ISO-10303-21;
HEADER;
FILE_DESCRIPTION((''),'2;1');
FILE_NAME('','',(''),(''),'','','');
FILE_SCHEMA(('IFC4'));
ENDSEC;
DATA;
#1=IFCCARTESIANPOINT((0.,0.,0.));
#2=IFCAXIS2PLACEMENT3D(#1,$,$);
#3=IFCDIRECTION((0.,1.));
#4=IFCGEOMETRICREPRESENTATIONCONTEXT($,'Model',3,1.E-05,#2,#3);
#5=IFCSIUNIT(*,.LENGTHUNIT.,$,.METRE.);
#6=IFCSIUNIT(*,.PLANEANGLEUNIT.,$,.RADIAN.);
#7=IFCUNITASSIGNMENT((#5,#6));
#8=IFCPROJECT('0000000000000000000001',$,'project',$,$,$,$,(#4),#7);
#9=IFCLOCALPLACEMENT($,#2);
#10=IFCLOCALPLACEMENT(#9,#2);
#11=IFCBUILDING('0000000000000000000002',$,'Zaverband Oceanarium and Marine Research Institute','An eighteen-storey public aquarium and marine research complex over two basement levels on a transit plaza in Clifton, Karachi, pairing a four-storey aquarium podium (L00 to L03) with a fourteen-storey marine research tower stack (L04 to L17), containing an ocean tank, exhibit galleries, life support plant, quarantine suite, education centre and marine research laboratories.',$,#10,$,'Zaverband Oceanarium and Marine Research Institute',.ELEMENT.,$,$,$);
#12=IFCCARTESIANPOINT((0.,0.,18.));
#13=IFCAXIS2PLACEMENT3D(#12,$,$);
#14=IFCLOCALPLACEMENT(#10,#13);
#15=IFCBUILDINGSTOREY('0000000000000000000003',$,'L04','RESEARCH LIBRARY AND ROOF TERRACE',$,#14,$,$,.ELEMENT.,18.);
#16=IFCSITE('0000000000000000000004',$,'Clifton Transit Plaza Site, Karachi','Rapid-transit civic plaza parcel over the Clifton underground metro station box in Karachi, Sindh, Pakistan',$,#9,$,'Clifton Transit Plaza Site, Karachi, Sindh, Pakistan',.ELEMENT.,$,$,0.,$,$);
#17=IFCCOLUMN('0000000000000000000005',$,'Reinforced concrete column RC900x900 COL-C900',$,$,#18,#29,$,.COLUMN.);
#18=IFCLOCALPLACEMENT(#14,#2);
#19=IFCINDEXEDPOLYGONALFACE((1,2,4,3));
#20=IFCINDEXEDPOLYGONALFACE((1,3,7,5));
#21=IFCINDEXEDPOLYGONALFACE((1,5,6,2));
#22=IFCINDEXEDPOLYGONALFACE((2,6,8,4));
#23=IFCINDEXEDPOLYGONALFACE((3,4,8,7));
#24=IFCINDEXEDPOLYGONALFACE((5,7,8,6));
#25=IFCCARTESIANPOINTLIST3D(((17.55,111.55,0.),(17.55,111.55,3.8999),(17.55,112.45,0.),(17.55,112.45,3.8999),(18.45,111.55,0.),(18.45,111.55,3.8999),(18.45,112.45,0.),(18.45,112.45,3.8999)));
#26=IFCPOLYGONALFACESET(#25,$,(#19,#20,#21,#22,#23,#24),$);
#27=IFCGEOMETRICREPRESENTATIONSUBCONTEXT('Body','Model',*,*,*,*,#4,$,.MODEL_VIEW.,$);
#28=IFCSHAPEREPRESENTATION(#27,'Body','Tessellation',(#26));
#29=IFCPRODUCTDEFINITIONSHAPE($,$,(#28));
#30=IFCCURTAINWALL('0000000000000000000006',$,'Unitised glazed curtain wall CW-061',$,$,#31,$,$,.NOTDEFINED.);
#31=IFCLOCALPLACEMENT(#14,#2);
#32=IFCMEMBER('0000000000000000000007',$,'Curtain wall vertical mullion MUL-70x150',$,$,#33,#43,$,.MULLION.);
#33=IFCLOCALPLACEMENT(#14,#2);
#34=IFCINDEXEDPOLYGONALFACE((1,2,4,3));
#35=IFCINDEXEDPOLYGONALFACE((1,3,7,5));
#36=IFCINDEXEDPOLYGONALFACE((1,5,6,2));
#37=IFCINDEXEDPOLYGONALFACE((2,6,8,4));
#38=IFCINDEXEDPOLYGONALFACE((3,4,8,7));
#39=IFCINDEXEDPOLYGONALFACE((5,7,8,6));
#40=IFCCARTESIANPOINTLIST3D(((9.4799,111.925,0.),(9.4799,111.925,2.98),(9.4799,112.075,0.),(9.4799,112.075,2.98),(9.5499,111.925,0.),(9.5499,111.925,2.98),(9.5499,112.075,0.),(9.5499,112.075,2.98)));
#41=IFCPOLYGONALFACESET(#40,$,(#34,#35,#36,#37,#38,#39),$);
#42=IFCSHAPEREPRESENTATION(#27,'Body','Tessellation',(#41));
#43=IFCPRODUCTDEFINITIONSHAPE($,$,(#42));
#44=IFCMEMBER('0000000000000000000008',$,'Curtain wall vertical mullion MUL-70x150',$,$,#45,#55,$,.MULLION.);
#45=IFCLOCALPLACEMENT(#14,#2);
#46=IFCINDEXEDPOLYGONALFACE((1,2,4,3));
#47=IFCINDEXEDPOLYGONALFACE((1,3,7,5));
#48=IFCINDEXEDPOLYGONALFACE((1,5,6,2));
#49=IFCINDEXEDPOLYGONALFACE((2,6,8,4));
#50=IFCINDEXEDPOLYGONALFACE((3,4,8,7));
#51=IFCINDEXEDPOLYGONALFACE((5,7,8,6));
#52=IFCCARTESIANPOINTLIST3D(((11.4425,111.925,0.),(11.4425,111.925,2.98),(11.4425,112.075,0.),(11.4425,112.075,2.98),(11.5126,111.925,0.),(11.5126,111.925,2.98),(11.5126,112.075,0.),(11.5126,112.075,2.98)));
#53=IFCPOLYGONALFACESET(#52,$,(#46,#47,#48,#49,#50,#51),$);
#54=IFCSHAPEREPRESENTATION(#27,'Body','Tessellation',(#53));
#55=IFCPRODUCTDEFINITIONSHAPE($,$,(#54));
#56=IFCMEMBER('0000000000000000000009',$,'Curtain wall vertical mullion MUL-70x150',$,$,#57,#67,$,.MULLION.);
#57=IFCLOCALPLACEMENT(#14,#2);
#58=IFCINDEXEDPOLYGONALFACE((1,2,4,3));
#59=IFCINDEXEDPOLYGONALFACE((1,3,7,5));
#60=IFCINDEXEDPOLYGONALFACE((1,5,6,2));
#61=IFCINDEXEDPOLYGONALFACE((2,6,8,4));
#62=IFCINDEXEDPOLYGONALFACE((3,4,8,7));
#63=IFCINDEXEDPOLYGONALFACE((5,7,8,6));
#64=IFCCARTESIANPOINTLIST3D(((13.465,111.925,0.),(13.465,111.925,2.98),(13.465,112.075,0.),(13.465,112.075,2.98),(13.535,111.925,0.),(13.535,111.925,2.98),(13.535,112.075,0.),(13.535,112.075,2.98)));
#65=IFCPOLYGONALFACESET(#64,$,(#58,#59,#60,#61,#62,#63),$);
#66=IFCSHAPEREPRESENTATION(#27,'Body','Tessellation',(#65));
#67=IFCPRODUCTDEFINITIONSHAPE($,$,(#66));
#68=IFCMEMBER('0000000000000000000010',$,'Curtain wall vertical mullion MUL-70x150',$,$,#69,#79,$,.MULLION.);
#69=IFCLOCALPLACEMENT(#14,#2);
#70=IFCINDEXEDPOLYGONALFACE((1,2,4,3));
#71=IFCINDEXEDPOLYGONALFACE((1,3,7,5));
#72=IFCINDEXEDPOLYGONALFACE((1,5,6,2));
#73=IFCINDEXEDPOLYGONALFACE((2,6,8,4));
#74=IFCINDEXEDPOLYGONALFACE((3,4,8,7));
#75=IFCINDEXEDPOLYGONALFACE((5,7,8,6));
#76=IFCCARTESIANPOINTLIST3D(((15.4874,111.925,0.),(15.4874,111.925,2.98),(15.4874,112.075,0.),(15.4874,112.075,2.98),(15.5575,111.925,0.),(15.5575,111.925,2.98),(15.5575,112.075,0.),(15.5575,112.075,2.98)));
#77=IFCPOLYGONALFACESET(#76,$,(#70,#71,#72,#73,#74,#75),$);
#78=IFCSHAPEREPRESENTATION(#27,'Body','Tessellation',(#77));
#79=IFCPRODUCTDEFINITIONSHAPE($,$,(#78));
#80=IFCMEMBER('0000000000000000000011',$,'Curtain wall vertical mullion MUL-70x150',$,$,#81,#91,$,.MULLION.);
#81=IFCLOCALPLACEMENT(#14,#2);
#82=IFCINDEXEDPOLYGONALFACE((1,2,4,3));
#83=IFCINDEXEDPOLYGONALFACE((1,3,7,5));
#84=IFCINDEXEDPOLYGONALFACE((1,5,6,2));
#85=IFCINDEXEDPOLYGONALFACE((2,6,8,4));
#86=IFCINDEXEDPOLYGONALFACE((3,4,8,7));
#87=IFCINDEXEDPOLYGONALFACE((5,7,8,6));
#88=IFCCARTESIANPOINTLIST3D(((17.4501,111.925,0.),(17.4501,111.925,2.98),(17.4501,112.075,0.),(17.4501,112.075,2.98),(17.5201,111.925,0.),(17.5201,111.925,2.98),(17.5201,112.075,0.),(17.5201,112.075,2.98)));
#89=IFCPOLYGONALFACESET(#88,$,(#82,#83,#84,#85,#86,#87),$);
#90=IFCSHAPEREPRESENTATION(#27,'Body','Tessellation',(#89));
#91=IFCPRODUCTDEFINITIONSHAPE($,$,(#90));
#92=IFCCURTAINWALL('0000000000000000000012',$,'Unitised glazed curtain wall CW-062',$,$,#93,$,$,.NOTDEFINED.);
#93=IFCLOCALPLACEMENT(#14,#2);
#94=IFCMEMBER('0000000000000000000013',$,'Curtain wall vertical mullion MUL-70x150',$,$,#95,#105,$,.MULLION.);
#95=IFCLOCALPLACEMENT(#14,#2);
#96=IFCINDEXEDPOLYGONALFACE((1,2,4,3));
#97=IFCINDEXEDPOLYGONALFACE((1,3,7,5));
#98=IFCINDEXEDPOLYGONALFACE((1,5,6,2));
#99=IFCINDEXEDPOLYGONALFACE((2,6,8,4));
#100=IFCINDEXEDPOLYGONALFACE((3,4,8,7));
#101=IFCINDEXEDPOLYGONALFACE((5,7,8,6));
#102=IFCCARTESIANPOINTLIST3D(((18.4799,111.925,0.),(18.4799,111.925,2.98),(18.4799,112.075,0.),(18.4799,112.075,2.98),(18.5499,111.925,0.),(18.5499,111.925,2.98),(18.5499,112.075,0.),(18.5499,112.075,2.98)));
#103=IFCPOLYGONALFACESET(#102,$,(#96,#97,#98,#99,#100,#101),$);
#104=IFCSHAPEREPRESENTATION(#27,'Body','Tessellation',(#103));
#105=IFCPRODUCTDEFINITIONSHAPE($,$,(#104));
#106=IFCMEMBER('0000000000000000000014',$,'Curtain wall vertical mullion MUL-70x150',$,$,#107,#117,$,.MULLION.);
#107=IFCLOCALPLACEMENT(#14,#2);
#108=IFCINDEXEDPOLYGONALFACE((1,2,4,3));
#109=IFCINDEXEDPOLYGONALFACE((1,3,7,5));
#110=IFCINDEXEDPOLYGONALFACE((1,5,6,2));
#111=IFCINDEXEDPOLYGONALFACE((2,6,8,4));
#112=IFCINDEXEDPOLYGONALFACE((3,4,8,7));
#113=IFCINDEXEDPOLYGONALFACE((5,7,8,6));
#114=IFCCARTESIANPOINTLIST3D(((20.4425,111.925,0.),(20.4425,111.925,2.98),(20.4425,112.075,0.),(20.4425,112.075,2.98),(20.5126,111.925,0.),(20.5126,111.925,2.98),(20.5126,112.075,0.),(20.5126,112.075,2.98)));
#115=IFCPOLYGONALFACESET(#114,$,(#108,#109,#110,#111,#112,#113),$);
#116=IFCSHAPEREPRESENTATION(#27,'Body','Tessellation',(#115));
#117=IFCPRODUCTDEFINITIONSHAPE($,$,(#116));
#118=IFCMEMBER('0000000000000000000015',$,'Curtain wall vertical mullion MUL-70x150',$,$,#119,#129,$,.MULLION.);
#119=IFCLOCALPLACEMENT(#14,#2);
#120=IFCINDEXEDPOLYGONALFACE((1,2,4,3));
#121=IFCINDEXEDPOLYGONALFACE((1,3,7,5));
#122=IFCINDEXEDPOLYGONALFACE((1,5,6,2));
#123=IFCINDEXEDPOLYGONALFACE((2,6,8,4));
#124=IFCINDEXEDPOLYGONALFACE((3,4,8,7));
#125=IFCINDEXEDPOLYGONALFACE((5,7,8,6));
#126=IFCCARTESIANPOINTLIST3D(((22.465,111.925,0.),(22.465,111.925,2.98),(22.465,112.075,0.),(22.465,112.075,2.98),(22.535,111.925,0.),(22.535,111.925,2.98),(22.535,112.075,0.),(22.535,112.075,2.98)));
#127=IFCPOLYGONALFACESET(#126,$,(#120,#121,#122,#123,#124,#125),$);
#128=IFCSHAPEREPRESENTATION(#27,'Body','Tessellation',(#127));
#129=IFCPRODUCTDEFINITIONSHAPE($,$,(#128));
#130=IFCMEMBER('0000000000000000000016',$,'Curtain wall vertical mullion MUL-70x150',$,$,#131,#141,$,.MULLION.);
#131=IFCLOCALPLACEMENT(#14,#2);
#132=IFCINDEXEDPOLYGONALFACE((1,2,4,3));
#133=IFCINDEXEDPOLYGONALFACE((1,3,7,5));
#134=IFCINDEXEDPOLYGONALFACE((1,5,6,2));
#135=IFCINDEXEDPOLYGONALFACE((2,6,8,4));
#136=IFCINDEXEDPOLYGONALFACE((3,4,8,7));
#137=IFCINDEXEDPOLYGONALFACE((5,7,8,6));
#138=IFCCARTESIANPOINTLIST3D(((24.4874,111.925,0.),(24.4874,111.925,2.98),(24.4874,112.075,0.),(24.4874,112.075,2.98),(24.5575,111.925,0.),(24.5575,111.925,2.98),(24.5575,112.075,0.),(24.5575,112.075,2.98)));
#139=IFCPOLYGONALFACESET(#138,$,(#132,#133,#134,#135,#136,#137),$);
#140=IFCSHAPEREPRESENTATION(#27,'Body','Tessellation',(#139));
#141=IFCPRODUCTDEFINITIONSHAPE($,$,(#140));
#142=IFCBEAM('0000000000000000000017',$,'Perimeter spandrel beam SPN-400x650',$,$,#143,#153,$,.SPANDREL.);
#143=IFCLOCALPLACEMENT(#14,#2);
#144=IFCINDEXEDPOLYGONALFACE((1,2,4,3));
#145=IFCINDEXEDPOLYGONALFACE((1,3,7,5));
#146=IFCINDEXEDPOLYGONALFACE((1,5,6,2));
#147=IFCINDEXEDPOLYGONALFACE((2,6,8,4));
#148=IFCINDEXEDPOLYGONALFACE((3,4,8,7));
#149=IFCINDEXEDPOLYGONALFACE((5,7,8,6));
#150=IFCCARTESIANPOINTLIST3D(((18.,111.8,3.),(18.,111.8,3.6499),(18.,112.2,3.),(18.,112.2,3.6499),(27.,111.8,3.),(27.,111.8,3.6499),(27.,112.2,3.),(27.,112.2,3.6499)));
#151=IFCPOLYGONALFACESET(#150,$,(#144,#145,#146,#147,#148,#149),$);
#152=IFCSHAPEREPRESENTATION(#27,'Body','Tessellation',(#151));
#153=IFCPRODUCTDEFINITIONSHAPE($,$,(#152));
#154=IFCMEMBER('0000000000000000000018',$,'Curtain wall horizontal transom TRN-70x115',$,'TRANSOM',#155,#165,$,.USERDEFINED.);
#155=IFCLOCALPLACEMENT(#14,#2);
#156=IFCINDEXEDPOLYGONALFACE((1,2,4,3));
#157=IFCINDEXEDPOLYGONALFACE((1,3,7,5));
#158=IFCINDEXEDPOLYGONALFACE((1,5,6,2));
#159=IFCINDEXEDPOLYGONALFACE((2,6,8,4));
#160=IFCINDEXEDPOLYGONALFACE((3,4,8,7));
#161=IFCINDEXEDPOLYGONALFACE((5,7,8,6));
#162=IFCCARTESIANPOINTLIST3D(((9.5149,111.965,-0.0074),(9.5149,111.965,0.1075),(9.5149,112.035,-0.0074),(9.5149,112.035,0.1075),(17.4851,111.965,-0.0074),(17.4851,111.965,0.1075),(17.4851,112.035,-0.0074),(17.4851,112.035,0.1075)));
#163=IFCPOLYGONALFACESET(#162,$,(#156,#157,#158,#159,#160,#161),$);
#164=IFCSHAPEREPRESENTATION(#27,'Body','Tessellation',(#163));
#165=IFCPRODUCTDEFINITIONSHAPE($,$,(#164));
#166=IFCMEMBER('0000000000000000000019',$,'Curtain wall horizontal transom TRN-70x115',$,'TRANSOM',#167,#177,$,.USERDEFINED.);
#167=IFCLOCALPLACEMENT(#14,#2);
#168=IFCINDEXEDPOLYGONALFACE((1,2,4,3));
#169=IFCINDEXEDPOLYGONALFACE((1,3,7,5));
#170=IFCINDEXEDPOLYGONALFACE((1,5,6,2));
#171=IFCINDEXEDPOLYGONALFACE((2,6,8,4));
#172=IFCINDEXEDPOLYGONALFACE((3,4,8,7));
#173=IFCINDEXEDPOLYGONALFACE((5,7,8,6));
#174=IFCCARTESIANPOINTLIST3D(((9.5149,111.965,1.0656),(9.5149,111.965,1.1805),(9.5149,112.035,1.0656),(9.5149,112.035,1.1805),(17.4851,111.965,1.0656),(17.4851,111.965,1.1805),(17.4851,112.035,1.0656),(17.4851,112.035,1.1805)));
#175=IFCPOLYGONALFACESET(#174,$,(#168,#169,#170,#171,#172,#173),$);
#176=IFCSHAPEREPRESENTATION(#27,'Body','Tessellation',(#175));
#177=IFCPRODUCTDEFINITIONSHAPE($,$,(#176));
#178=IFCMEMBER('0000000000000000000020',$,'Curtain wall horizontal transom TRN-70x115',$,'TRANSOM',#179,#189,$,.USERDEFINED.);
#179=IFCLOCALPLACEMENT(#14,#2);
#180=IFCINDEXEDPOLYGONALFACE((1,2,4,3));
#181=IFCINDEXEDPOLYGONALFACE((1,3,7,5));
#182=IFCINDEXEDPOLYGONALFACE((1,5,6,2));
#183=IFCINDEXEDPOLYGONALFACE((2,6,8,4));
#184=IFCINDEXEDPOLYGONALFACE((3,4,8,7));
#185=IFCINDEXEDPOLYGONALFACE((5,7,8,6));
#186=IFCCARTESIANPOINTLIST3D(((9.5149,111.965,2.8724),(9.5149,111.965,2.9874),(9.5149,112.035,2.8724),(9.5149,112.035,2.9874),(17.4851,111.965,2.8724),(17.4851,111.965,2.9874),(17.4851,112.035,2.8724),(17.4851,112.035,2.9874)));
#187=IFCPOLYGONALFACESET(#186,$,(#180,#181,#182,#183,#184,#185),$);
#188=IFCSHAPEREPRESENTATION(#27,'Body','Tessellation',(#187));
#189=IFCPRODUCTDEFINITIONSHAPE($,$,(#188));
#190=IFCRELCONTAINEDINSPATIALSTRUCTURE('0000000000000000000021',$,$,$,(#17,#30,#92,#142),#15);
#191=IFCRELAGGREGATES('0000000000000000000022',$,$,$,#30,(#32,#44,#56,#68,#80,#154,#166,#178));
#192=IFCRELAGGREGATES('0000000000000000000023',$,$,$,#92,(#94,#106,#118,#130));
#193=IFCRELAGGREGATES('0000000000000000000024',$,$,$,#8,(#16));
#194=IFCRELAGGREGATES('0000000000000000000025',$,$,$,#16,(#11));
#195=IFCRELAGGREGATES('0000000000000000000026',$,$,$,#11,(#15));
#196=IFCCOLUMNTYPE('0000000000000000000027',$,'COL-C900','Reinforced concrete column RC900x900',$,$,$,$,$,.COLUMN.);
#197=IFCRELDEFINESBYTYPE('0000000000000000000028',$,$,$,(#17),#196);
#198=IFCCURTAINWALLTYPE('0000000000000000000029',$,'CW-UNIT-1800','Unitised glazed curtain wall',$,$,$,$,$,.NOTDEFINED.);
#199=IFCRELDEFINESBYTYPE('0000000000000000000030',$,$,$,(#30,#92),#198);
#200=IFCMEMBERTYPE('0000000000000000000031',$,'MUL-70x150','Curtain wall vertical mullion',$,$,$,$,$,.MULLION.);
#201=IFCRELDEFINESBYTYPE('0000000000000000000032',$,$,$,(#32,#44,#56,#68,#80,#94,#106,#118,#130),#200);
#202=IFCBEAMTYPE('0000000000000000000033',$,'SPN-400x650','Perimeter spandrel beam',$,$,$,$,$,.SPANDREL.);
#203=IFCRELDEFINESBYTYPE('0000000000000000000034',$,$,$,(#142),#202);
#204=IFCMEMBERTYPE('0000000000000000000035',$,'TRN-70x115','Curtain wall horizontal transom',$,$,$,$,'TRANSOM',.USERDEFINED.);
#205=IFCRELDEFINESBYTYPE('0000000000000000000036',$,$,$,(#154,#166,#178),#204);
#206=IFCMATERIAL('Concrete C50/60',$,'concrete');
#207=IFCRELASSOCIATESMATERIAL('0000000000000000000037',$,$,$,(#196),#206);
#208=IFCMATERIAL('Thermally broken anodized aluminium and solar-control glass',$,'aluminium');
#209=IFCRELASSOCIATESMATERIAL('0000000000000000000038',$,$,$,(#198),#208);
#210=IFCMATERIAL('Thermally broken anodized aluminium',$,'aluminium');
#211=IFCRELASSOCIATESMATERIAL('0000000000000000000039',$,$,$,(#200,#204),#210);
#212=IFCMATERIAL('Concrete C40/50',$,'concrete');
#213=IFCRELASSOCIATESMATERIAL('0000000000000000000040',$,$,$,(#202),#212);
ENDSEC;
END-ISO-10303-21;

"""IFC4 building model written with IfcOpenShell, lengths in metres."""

from ifc_helpers import new_model, si_unit, direction, frame, origin, origin_2d, place, context, subcontext, project, spatial, rectangle, extrude, material, material_profile, profile_set, type_object, element, aggregate, save


model = new_model("IFC4")

# Units and contexts
model_context = context("Model", 3, precision=1e-05, world=origin(), true_north=direction((0.0, 1.0)))
body_context = subcontext(model_context, "Body", "Model", "MODEL_VIEW")
ifc_project = project(units=[si_unit("LENGTHUNIT", "METRE"), si_unit("PLANEANGLEUNIT", "RADIAN")], contexts=[model_context])

# Site, building, storey
site_placement = place(None, origin())
site = spatial("IfcSite", under=ifc_project, at=site_placement, Name="Clifton Transit Plaza Site, Karachi", Description="Rapid-transit civic plaza parcel over the Clifton underground metro station box in Karachi, Sindh, Pakistan", LongName="Clifton Transit Plaza Site, Karachi, Sindh, Pakistan", CompositionType="ELEMENT", RefElevation=0.0)
building_placement = place(site_placement, origin())
building = spatial("IfcBuilding", under=site, at=building_placement, Name="Zaverband Oceanarium and Marine Research Institute", Description="An eighteen-storey public aquarium and marine research complex over two basement levels on a transit plaza in Clifton, Karachi, pairing a four-storey aquarium podium (L00 to L03) with a fourteen-storey marine research tower stack (L04 to L17), containing an ocean tank, exhibit galleries, life support plant, quarantine suite, education centre and marine research laboratories.", LongName="Zaverband Oceanarium and Marine Research Institute", CompositionType="ELEMENT")
storey_placement = place(building_placement, frame((0.0, 0.0, 18.0)))
storey = spatial("IfcBuildingStorey", under=building, at=storey_placement, Name="L04", Description="RESEARCH LIBRARY AND ROOF TERRACE", CompositionType="ELEMENT", Elevation=18.0)

# Column
ifc_material_1 = material(Name="Concrete C50/60", Category="concrete")
ifc_material_profile_1 = material_profile(ifc_material_1, rectangle(XDim=0.8999, YDim=0.8999, at=origin_2d()), Name="RC900x900")
ifc_profile_set_1 = profile_set([ifc_material_profile_1], Name="Concrete C50/60")
column_type = type_object("IfcColumnType", Name="COL-C900", Description="Reinforced concrete column RC900x900", PredefinedType="COLUMN", material=ifc_profile_set_1)
column_placement = place(storey_placement, frame((18.0, 112.0, 0.0), z_axis=(0.0, 0.0, 1.0), x_axis=(1.0, 0.0, 0.0)))
element("IfcColumn", 1, at=column_placement, inside=storey, type_object=column_type, Name="Reinforced concrete column RC900x900 COL-C900", PredefinedType="COLUMN", context=body_context, shape_type="SweptSolid", body=[
    extrude(rectangle(XDim=0.8999, YDim=0.8999, at=origin_2d()), origin(), (0.0, 0.0, 1.0), 3.8999),
])

# Curtain walls, members
ifc_material_2 = material(Name="Thermally broken anodized aluminium and solar-control glass", Category="aluminium")
curtain_wall_type = type_object("IfcCurtainWallType", Name="CW-UNIT-1800", Description="Unitised glazed curtain wall", PredefinedType="NOTDEFINED", material=ifc_material_2)
curtain_wall_1_placement = place(storey_placement, origin())
curtain_wall_1 = element("IfcCurtainWall", 2, at=curtain_wall_1_placement, inside=storey, type_object=curtain_wall_type, Name="Unitised glazed curtain wall CW-061", PredefinedType="NOTDEFINED")
ifc_material_3 = material(Name="Thermally broken anodized aluminium", Category="aluminium")
ifc_material_profile_2 = material_profile(ifc_material_3, rectangle(XDim=0.0701, YDim=0.1499, at=origin_2d()), Name="AL-MUL-70x150")
ifc_profile_set_2 = profile_set([ifc_material_profile_2], Name="Thermally broken anodized aluminium")
member_type_1 = type_object("IfcMemberType", Name="MUL-70x150", Description="Curtain wall vertical mullion", PredefinedType="MULLION", material=ifc_profile_set_2)
member_1_placement = place(storey_placement, frame((9.5149, 112.0, 0.0), z_axis=(0.0, 0.0, 1.0), x_axis=(1.0, 0.0, 0.0)))
member_1 = element("IfcMember", 3, at=member_1_placement, type_object=member_type_1, Name="Curtain wall vertical mullion MUL-70x150", PredefinedType="MULLION", context=body_context, shape_type="SweptSolid", body=[
    extrude(rectangle(XDim=0.0701, YDim=0.1499, at=origin_2d()), origin(), (0.0, 0.0, 1.0), 2.98),
])
member_2_placement = place(storey_placement, frame((11.4775, 112.0, 0.0), z_axis=(0.0, 0.0, 1.0), x_axis=(1.0, 0.0, 0.0)))
member_2 = element("IfcMember", 4, at=member_2_placement, type_object=member_type_1, Name="Curtain wall vertical mullion MUL-70x150", PredefinedType="MULLION", context=body_context, shape_type="SweptSolid", body=[
    extrude(rectangle(XDim=0.0701, YDim=0.1499, at=origin_2d()), origin(), (0.0, 0.0, 1.0), 2.98),
])
member_3_placement = place(storey_placement, frame((13.5, 112.0, 0.0), z_axis=(0.0, 0.0, 1.0), x_axis=(1.0, 0.0, 0.0)))
member_3 = element("IfcMember", 5, at=member_3_placement, type_object=member_type_1, Name="Curtain wall vertical mullion MUL-70x150", PredefinedType="MULLION", context=body_context, shape_type="SweptSolid", body=[
    extrude(rectangle(XDim=0.0701, YDim=0.1499, at=origin_2d()), origin(), (0.0, 0.0, 1.0), 2.98),
])
member_4_placement = place(storey_placement, frame((15.5225, 112.0, 0.0), z_axis=(0.0, 0.0, 1.0), x_axis=(1.0, 0.0, 0.0)))
member_4 = element("IfcMember", 6, at=member_4_placement, type_object=member_type_1, Name="Curtain wall vertical mullion MUL-70x150", PredefinedType="MULLION", context=body_context, shape_type="SweptSolid", body=[
    extrude(rectangle(XDim=0.0701, YDim=0.1499, at=origin_2d()), origin(), (0.0, 0.0, 1.0), 2.98),
])
member_5_placement = place(storey_placement, frame((17.4851, 112.0, 0.0), z_axis=(0.0, 0.0, 1.0), x_axis=(1.0, 0.0, 0.0)))
member_5 = element("IfcMember", 7, at=member_5_placement, type_object=member_type_1, Name="Curtain wall vertical mullion MUL-70x150", PredefinedType="MULLION", context=body_context, shape_type="SweptSolid", body=[
    extrude(rectangle(XDim=0.0701, YDim=0.1499, at=origin_2d()), origin(), (0.0, 0.0, 1.0), 2.98),
])
curtain_wall_2_placement = place(storey_placement, origin())
curtain_wall_2 = element("IfcCurtainWall", 8, at=curtain_wall_2_placement, inside=storey, type_object=curtain_wall_type, Name="Unitised glazed curtain wall CW-062", PredefinedType="NOTDEFINED")
member_6_placement = place(storey_placement, frame((18.5149, 112.0, 0.0), z_axis=(0.0, 0.0, 1.0), x_axis=(1.0, 0.0, 0.0)))
member_6 = element("IfcMember", 9, at=member_6_placement, type_object=member_type_1, Name="Curtain wall vertical mullion MUL-70x150", PredefinedType="MULLION", context=body_context, shape_type="SweptSolid", body=[
    extrude(rectangle(XDim=0.0701, YDim=0.1499, at=origin_2d()), origin(), (0.0, 0.0, 1.0), 2.98),
])
member_7_placement = place(storey_placement, frame((20.4775, 112.0, 0.0), z_axis=(0.0, 0.0, 1.0), x_axis=(1.0, 0.0, 0.0)))
member_7 = element("IfcMember", 10, at=member_7_placement, type_object=member_type_1, Name="Curtain wall vertical mullion MUL-70x150", PredefinedType="MULLION", context=body_context, shape_type="SweptSolid", body=[
    extrude(rectangle(XDim=0.0701, YDim=0.1499, at=origin_2d()), origin(), (0.0, 0.0, 1.0), 2.98),
])
member_8_placement = place(storey_placement, frame((22.5, 112.0, 0.0), z_axis=(0.0, 0.0, 1.0), x_axis=(1.0, 0.0, 0.0)))
member_8 = element("IfcMember", 11, at=member_8_placement, type_object=member_type_1, Name="Curtain wall vertical mullion MUL-70x150", PredefinedType="MULLION", context=body_context, shape_type="SweptSolid", body=[
    extrude(rectangle(XDim=0.0701, YDim=0.1499, at=origin_2d()), origin(), (0.0, 0.0, 1.0), 2.98),
])
member_9_placement = place(storey_placement, frame((24.5225, 112.0, 0.0), z_axis=(0.0, 0.0, 1.0), x_axis=(1.0, 0.0, 0.0)))
member_9 = element("IfcMember", 12, at=member_9_placement, type_object=member_type_1, Name="Curtain wall vertical mullion MUL-70x150", PredefinedType="MULLION", context=body_context, shape_type="SweptSolid", body=[
    extrude(rectangle(XDim=0.0701, YDim=0.1499, at=origin_2d()), origin(), (0.0, 0.0, 1.0), 2.98),
])

# Beam
ifc_material_4 = material(Name="Concrete C40/50", Category="concrete")
ifc_material_profile_3 = material_profile(ifc_material_4, rectangle(XDim=0.3999, YDim=0.6499, at=origin_2d()), Name="RC400x650")
ifc_profile_set_3 = profile_set([ifc_material_profile_3], Name="Concrete C40/50")
beam_type = type_object("IfcBeamType", Name="SPN-400x650", Description="Perimeter spandrel beam", PredefinedType="SPANDREL", material=ifc_profile_set_3)
beam_placement = place(storey_placement, frame((18.0, 112.0, 3.325), z_axis=(1.0, 0.0, 0.0), x_axis=(0.0, 1.0, 0.0)))
element("IfcBeam", 13, at=beam_placement, inside=storey, type_object=beam_type, Name="Perimeter spandrel beam SPN-400x650", PredefinedType="SPANDREL", context=body_context, shape_type="SweptSolid", body=[
    extrude(rectangle(XDim=0.3999, YDim=0.6499, at=origin_2d()), origin(), (0.0, 0.0, 1.0), 9.0),
])

# Members
ifc_material_profile_4 = material_profile(ifc_material_3, rectangle(XDim=0.0701, YDim=0.115, at=origin_2d()), Name="AL-TRN-70x115")
ifc_profile_set_4 = profile_set([ifc_material_profile_4], Name="Thermally broken anodized aluminium")
member_type_2 = type_object("IfcMemberType", Name="TRN-70x115", Description="Curtain wall horizontal transom", ElementType="TRANSOM", PredefinedType="USERDEFINED", material=ifc_profile_set_4)
member_10_placement = place(storey_placement, frame((9.5149, 112.0, 0.05), z_axis=(1.0, 0.0, 0.0), x_axis=(0.0, 1.0, 0.0)))
member_10 = element("IfcMember", 14, at=member_10_placement, type_object=member_type_2, Name="Curtain wall horizontal transom TRN-70x115", ObjectType="TRANSOM", PredefinedType="USERDEFINED", context=body_context, shape_type="SweptSolid", body=[
    extrude(rectangle(XDim=0.0701, YDim=0.115, at=origin_2d()), origin(), (0.0, 0.0, 1.0), 7.9702),
])
member_11_placement = place(storey_placement, frame((9.5149, 112.0, 1.123), z_axis=(1.0, 0.0, 0.0), x_axis=(0.0, 1.0, 0.0)))
member_11 = element("IfcMember", 15, at=member_11_placement, type_object=member_type_2, Name="Curtain wall horizontal transom TRN-70x115", ObjectType="TRANSOM", PredefinedType="USERDEFINED", context=body_context, shape_type="SweptSolid", body=[
    extrude(rectangle(XDim=0.0701, YDim=0.115, at=origin_2d()), origin(), (0.0, 0.0, 1.0), 7.9702),
])
member_12_placement = place(storey_placement, frame((9.5149, 112.0, 2.9299), z_axis=(1.0, 0.0, 0.0), x_axis=(0.0, 1.0, 0.0)))
member_12 = element("IfcMember", 16, at=member_12_placement, type_object=member_type_2, Name="Curtain wall horizontal transom TRN-70x115", ObjectType="TRANSOM", PredefinedType="USERDEFINED", context=body_context, shape_type="SweptSolid", body=[
    extrude(rectangle(XDim=0.0701, YDim=0.115, at=origin_2d()), origin(), (0.0, 0.0, 1.0), 7.9702),
])

aggregate(curtain_wall_1, [member_1, member_2, member_3, member_4, member_5, member_10, member_11, member_12])
aggregate(curtain_wall_2, [member_6, member_7, member_8, member_9])

save(model, "model.ifc")
